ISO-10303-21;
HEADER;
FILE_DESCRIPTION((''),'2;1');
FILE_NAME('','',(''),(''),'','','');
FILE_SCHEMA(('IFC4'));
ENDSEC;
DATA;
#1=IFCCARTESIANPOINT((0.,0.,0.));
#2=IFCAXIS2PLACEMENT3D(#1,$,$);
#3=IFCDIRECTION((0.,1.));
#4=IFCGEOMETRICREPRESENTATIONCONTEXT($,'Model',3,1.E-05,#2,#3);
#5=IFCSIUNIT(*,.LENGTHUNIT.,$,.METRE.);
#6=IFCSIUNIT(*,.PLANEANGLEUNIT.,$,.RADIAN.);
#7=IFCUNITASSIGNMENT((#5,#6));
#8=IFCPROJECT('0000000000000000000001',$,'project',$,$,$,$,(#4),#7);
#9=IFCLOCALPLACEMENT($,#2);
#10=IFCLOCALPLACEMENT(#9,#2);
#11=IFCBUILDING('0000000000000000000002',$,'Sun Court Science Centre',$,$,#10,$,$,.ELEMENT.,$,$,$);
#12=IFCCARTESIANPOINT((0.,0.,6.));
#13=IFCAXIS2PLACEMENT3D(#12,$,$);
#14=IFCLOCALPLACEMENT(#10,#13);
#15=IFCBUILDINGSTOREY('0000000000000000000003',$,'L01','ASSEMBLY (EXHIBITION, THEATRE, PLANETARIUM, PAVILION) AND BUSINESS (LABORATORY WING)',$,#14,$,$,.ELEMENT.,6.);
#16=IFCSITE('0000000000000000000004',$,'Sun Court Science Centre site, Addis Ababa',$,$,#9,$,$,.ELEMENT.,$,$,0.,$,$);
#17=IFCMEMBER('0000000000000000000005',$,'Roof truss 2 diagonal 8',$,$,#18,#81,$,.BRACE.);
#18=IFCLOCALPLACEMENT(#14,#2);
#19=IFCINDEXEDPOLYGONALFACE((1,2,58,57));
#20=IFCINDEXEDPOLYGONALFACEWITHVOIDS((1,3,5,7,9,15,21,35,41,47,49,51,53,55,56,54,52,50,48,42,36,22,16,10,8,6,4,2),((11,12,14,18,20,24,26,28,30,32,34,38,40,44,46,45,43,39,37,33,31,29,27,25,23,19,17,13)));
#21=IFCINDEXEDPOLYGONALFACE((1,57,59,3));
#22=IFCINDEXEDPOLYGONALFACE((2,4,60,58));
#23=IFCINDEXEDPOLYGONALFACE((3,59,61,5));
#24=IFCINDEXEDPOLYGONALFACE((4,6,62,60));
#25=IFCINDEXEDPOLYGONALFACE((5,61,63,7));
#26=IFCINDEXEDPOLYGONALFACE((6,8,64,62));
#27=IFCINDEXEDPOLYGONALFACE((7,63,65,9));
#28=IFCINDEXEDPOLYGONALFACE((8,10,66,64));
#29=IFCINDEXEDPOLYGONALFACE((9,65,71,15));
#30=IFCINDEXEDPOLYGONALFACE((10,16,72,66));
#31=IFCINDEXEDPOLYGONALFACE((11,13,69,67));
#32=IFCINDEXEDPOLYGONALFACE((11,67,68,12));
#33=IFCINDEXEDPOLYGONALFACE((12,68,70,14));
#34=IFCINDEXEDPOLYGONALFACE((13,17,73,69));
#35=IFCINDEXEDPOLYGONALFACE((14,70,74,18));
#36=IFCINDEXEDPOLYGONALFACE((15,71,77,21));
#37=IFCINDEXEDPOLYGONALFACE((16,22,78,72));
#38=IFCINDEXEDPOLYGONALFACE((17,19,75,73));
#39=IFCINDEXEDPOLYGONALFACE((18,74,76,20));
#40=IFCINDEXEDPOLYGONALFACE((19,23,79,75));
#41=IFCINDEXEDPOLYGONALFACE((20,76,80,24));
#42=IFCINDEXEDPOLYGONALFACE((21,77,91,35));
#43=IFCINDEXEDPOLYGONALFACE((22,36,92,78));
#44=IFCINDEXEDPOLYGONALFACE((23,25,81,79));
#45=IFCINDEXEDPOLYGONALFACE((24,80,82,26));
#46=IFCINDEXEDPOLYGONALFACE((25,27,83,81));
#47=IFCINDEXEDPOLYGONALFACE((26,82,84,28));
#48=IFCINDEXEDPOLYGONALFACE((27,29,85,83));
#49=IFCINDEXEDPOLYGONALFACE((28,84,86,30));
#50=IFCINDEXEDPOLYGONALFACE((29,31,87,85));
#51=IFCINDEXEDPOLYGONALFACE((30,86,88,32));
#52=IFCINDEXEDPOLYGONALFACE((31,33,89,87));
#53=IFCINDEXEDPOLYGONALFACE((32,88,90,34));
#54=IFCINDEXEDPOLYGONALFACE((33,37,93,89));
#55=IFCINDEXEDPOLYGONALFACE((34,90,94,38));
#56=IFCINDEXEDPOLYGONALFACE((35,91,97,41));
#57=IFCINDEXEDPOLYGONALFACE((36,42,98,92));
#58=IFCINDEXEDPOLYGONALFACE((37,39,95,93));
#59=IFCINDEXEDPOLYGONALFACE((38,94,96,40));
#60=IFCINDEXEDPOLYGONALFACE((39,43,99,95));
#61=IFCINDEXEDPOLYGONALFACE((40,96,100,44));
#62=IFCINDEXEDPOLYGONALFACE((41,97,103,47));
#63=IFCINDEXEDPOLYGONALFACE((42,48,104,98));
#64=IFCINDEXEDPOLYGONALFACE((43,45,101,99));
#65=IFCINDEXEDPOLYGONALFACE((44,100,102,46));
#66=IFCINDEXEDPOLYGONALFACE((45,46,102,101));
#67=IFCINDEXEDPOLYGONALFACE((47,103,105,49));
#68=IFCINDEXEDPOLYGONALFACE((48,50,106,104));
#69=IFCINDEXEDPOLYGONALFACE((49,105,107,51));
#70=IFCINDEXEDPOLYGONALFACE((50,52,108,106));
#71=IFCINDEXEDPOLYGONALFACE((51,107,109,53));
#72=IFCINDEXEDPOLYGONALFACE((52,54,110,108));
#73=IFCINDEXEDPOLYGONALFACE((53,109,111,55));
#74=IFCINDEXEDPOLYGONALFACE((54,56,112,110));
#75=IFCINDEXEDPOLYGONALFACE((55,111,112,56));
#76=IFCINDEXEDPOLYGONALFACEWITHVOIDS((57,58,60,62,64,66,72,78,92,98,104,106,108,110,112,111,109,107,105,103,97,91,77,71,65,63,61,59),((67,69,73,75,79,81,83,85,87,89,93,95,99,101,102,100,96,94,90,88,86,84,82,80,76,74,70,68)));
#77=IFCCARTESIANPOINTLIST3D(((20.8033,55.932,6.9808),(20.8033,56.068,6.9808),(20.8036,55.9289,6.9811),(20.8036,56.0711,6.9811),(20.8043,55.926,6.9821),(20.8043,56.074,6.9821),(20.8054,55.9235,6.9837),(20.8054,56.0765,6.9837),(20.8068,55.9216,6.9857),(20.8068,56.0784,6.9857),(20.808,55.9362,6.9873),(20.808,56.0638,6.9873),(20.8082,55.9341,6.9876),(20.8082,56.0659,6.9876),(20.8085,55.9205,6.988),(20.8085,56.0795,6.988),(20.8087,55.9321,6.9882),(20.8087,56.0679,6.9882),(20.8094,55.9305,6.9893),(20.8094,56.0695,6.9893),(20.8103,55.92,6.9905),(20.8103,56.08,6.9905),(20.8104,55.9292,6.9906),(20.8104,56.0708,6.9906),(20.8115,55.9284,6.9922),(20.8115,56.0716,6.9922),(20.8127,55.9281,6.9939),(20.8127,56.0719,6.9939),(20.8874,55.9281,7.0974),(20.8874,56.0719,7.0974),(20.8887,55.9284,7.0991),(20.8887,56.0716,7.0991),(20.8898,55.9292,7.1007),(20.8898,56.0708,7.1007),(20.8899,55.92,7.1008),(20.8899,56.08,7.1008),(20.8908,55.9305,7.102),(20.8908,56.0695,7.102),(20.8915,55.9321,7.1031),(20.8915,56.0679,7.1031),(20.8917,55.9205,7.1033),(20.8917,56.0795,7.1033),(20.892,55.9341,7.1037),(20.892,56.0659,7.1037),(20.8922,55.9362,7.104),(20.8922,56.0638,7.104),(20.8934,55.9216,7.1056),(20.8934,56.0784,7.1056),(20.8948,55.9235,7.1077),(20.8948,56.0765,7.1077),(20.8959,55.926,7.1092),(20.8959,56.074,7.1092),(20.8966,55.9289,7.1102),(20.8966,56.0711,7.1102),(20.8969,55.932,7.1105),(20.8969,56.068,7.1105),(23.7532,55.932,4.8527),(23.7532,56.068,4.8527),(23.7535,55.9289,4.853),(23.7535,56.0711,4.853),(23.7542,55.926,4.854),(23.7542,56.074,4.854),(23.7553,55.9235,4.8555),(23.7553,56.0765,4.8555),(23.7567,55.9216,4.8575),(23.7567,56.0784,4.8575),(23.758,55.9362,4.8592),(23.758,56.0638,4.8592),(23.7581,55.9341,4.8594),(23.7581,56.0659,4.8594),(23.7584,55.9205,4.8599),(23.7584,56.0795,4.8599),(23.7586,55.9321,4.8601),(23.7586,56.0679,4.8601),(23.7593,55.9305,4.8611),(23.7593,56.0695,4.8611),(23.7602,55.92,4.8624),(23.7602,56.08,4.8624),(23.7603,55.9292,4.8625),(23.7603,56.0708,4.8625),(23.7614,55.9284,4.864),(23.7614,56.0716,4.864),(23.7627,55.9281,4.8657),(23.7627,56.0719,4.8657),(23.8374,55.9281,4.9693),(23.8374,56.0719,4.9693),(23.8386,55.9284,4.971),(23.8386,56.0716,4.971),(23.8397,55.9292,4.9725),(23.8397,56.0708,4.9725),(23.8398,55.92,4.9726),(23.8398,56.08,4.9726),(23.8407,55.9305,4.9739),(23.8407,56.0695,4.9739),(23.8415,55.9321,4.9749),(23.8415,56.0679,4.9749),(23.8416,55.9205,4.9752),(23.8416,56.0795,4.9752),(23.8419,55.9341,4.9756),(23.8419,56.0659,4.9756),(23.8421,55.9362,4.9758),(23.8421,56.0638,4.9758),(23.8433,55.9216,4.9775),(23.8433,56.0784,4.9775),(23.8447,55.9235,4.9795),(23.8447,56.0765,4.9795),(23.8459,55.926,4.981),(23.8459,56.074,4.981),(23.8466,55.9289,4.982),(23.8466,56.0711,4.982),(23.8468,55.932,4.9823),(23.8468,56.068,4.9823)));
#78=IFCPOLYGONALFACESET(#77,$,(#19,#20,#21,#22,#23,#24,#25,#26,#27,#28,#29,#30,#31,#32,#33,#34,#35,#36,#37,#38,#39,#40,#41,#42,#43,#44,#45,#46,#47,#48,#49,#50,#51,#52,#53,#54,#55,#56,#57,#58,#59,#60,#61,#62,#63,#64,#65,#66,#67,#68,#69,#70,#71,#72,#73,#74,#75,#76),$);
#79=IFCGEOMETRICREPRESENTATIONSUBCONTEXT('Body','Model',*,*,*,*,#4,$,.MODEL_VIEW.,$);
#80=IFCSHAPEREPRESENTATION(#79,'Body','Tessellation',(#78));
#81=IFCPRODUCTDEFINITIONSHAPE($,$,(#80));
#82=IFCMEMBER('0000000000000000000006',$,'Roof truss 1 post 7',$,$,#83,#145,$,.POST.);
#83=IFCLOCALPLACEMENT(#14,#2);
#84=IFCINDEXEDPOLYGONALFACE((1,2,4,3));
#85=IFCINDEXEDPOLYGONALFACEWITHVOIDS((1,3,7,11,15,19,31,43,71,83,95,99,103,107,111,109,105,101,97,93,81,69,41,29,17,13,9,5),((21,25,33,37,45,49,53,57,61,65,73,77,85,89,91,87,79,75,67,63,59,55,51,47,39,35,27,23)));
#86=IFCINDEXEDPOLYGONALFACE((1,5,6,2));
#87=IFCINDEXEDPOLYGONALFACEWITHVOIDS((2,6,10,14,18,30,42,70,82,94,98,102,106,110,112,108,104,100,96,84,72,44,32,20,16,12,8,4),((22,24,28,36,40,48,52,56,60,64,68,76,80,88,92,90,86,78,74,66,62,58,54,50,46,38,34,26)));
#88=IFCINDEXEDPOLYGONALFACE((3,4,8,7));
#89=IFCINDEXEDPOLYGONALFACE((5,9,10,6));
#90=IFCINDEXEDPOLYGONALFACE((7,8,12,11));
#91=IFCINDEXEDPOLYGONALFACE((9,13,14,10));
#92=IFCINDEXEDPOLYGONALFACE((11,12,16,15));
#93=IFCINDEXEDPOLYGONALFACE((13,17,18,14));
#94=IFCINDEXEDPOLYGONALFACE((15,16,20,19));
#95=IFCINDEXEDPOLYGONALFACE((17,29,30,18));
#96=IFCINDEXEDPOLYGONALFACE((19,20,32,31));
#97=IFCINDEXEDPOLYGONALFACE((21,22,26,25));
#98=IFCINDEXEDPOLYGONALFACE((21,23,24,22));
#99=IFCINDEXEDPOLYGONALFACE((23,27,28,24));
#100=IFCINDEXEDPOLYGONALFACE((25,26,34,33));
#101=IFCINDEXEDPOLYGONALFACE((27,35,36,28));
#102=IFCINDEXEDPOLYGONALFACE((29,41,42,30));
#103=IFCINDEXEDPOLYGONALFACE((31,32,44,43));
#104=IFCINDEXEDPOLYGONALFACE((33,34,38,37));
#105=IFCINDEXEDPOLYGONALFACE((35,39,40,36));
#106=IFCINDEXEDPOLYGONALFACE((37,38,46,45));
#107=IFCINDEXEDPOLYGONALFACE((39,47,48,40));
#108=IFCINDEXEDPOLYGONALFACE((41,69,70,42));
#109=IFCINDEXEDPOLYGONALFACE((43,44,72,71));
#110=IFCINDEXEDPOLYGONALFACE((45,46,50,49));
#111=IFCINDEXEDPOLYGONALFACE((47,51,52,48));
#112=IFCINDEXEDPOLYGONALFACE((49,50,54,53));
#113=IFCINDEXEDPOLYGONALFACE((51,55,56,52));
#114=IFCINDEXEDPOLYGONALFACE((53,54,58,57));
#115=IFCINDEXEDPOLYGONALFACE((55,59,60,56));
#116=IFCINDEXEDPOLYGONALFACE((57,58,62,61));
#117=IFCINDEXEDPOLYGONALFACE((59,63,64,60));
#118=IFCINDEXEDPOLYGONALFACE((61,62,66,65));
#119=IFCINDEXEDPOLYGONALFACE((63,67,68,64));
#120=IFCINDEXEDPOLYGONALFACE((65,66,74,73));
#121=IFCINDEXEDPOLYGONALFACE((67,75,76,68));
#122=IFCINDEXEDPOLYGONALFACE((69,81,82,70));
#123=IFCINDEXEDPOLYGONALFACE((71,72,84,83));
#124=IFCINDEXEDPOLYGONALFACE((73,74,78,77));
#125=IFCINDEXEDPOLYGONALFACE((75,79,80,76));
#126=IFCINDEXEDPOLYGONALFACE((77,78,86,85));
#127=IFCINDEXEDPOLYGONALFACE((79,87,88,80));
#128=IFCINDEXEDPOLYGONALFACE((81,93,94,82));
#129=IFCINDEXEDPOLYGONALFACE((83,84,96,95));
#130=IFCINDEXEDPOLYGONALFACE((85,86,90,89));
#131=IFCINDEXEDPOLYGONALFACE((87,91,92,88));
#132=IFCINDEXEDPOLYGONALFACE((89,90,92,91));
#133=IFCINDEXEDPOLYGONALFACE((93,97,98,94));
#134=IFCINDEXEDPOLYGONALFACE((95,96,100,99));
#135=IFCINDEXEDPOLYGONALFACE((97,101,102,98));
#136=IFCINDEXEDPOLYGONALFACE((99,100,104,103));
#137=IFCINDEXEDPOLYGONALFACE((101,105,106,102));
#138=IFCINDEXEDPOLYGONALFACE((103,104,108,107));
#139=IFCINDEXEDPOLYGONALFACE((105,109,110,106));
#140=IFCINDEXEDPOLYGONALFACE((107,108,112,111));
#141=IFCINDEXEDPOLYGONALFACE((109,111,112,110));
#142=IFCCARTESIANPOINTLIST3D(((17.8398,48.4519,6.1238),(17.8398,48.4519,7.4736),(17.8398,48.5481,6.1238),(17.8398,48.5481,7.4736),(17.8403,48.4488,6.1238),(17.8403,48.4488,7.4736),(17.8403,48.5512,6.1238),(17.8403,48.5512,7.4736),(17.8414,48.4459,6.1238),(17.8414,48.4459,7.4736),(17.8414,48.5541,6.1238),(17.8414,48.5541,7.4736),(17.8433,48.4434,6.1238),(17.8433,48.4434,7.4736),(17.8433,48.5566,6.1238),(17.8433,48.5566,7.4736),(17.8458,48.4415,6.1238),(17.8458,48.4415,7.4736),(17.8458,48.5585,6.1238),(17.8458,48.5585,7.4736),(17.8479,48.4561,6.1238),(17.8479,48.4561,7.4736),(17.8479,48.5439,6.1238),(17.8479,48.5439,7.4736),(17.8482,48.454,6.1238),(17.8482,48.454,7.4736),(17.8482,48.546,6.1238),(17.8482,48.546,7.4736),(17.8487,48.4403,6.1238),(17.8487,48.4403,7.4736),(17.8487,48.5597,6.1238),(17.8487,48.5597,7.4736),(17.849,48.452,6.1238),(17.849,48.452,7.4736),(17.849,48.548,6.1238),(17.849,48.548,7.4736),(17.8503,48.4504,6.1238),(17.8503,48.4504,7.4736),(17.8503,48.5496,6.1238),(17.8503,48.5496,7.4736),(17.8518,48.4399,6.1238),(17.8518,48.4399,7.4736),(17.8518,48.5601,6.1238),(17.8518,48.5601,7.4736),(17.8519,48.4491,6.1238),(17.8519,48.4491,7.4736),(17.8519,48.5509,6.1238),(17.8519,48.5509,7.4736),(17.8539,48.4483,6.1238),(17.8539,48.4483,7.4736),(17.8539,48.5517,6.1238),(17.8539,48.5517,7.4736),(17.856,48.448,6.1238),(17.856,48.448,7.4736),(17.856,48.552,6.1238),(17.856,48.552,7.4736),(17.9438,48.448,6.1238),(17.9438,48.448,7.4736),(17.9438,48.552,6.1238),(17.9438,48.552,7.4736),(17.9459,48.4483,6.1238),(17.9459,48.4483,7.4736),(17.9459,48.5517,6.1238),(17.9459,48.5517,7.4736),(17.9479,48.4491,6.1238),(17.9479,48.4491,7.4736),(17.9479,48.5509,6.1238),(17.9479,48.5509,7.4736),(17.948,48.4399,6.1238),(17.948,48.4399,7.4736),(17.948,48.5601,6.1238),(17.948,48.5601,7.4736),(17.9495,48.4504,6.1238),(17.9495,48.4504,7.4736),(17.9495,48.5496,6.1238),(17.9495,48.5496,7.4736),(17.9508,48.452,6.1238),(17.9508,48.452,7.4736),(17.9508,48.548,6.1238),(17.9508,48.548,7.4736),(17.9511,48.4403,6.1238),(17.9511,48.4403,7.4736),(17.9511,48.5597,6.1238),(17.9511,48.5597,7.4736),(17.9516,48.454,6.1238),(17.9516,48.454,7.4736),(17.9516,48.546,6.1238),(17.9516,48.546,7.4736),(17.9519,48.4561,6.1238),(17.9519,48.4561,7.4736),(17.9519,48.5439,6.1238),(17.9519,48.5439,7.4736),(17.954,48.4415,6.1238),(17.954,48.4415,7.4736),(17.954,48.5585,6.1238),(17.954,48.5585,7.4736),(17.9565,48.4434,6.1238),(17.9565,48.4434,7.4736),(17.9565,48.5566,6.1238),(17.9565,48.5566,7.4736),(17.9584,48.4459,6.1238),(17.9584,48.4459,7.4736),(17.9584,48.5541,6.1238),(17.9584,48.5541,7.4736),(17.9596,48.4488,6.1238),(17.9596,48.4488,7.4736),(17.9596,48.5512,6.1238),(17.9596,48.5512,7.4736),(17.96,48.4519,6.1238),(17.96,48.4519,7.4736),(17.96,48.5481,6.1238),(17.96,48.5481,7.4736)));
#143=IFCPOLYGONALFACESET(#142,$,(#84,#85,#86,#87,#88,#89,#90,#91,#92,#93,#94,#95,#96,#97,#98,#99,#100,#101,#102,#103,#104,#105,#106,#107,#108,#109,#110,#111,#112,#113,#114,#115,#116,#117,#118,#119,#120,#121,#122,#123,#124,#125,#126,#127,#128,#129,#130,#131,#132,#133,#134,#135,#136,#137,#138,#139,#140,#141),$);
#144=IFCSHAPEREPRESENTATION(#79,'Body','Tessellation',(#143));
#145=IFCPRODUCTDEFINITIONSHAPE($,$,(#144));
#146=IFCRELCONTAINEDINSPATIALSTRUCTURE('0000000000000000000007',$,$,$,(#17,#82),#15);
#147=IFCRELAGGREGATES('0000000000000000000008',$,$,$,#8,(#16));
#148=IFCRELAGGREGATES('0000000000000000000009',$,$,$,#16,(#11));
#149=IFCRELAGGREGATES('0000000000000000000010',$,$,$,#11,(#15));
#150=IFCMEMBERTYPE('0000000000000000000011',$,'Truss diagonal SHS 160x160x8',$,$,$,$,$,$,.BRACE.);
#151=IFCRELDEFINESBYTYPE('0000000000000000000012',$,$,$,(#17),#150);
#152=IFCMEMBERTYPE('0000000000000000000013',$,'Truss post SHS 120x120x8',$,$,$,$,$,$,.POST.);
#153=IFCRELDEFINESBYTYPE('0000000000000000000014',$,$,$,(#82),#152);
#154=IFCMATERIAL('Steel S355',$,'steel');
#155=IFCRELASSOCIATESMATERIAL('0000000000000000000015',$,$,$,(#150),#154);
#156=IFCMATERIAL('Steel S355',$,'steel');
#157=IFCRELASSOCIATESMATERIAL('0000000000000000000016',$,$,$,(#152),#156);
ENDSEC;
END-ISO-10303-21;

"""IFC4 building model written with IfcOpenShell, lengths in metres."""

from ifc_helpers import new_model, si_unit, direction, frame, origin, origin_2d, place, context, subcontext, project, spatial, hollow_rectangle, extrude, material, material_profile, profile_set, type_object, element, save


model = new_model("IFC4")

# Units and contexts
model_context = context("Model", 3, precision=1e-05, world=origin(), true_north=direction((0.0, 1.0)))
body_context = subcontext(model_context, "Body", "Model", "MODEL_VIEW")
ifc_project = project(units=[si_unit("LENGTHUNIT", "METRE"), si_unit("PLANEANGLEUNIT", "RADIAN")], contexts=[model_context])

# Site, building, storey
site_placement = place(None, origin())
site = spatial("IfcSite", under=ifc_project, at=site_placement, Name="Sun Court Science Centre site, Addis Ababa", CompositionType="ELEMENT", RefElevation=0.0)
building_placement = place(site_placement, origin())
building = spatial("IfcBuilding", under=site, at=building_placement, Name="Sun Court Science Centre", CompositionType="ELEMENT")
storey_placement = place(building_placement, frame((0.0, 0.0, 6.0)))
storey = spatial("IfcBuildingStorey", under=building, at=storey_placement, Name="L01", Description="ASSEMBLY (EXHIBITION, THEATRE, PLANETARIUM, PAVILION) AND BUSINESS (LABORATORY WING)", CompositionType="ELEMENT", Elevation=6.0)

# Members
ifc_material_1 = material(Name="Steel S355", Category="steel")
ifc_material_profile_1 = material_profile(ifc_material_1, hollow_rectangle(XDim=0.1599, YDim=0.1599, WallThickness=0.0081, InnerFilletRadius=0.0081, OuterFilletRadius=0.012, at=origin_2d()), Name="SHS 160x160x8")
ifc_profile_set_1 = profile_set([ifc_material_profile_1], Name="Steel S355")
member_type_1 = type_object("IfcMemberType", Name="Truss diagonal SHS 160x160x8", PredefinedType="BRACE", material=ifc_profile_set_1)
member_1_placement = place(storey_placement, frame((20.8501, 56.0, 7.0457), z_axis=(0.810985, 0.0, -0.585067), x_axis=(0.0, 1.0, 0.0)))
element("IfcMember", 1, at=member_1_placement, inside=storey, type_object=member_type_1, Name="Roof truss 2 diagonal 8", PredefinedType="BRACE", context=body_context, shape_type="SweptSolid", body=[
    extrude(hollow_rectangle(XDim=0.1599, YDim=0.1599, WallThickness=0.0081, InnerFilletRadius=0.0081, OuterFilletRadius=0.012, at=origin_2d()), origin(), (0.0, 0.0, 1.0), 3.6375),
])
ifc_material_2 = material(Name="Steel S355", Category="steel")
ifc_material_profile_2 = material_profile(ifc_material_2, hollow_rectangle(XDim=0.1201, YDim=0.1201, WallThickness=0.0081, InnerFilletRadius=0.0081, OuterFilletRadius=0.012, at=origin_2d()), Name="SHS 120x120x8")
ifc_profile_set_2 = profile_set([ifc_material_profile_2], Name="Steel S355")
member_type_2 = type_object("IfcMemberType", Name="Truss post SHS 120x120x8", PredefinedType="POST", material=ifc_profile_set_2)
member_2_placement = place(storey_placement, frame((17.8999, 48.5, 6.1238), z_axis=(0.0, 0.0, 1.0), x_axis=(1.0, 0.0, 0.0)))
element("IfcMember", 2, at=member_2_placement, inside=storey, type_object=member_type_2, Name="Roof truss 1 post 7", PredefinedType="POST", context=body_context, shape_type="SweptSolid", body=[
    extrude(hollow_rectangle(XDim=0.1201, YDim=0.1201, WallThickness=0.0081, InnerFilletRadius=0.0081, OuterFilletRadius=0.012, at=origin_2d()), origin(), (0.0, 0.0, 1.0), 1.3499),
])

save(model, "model.ifc")
